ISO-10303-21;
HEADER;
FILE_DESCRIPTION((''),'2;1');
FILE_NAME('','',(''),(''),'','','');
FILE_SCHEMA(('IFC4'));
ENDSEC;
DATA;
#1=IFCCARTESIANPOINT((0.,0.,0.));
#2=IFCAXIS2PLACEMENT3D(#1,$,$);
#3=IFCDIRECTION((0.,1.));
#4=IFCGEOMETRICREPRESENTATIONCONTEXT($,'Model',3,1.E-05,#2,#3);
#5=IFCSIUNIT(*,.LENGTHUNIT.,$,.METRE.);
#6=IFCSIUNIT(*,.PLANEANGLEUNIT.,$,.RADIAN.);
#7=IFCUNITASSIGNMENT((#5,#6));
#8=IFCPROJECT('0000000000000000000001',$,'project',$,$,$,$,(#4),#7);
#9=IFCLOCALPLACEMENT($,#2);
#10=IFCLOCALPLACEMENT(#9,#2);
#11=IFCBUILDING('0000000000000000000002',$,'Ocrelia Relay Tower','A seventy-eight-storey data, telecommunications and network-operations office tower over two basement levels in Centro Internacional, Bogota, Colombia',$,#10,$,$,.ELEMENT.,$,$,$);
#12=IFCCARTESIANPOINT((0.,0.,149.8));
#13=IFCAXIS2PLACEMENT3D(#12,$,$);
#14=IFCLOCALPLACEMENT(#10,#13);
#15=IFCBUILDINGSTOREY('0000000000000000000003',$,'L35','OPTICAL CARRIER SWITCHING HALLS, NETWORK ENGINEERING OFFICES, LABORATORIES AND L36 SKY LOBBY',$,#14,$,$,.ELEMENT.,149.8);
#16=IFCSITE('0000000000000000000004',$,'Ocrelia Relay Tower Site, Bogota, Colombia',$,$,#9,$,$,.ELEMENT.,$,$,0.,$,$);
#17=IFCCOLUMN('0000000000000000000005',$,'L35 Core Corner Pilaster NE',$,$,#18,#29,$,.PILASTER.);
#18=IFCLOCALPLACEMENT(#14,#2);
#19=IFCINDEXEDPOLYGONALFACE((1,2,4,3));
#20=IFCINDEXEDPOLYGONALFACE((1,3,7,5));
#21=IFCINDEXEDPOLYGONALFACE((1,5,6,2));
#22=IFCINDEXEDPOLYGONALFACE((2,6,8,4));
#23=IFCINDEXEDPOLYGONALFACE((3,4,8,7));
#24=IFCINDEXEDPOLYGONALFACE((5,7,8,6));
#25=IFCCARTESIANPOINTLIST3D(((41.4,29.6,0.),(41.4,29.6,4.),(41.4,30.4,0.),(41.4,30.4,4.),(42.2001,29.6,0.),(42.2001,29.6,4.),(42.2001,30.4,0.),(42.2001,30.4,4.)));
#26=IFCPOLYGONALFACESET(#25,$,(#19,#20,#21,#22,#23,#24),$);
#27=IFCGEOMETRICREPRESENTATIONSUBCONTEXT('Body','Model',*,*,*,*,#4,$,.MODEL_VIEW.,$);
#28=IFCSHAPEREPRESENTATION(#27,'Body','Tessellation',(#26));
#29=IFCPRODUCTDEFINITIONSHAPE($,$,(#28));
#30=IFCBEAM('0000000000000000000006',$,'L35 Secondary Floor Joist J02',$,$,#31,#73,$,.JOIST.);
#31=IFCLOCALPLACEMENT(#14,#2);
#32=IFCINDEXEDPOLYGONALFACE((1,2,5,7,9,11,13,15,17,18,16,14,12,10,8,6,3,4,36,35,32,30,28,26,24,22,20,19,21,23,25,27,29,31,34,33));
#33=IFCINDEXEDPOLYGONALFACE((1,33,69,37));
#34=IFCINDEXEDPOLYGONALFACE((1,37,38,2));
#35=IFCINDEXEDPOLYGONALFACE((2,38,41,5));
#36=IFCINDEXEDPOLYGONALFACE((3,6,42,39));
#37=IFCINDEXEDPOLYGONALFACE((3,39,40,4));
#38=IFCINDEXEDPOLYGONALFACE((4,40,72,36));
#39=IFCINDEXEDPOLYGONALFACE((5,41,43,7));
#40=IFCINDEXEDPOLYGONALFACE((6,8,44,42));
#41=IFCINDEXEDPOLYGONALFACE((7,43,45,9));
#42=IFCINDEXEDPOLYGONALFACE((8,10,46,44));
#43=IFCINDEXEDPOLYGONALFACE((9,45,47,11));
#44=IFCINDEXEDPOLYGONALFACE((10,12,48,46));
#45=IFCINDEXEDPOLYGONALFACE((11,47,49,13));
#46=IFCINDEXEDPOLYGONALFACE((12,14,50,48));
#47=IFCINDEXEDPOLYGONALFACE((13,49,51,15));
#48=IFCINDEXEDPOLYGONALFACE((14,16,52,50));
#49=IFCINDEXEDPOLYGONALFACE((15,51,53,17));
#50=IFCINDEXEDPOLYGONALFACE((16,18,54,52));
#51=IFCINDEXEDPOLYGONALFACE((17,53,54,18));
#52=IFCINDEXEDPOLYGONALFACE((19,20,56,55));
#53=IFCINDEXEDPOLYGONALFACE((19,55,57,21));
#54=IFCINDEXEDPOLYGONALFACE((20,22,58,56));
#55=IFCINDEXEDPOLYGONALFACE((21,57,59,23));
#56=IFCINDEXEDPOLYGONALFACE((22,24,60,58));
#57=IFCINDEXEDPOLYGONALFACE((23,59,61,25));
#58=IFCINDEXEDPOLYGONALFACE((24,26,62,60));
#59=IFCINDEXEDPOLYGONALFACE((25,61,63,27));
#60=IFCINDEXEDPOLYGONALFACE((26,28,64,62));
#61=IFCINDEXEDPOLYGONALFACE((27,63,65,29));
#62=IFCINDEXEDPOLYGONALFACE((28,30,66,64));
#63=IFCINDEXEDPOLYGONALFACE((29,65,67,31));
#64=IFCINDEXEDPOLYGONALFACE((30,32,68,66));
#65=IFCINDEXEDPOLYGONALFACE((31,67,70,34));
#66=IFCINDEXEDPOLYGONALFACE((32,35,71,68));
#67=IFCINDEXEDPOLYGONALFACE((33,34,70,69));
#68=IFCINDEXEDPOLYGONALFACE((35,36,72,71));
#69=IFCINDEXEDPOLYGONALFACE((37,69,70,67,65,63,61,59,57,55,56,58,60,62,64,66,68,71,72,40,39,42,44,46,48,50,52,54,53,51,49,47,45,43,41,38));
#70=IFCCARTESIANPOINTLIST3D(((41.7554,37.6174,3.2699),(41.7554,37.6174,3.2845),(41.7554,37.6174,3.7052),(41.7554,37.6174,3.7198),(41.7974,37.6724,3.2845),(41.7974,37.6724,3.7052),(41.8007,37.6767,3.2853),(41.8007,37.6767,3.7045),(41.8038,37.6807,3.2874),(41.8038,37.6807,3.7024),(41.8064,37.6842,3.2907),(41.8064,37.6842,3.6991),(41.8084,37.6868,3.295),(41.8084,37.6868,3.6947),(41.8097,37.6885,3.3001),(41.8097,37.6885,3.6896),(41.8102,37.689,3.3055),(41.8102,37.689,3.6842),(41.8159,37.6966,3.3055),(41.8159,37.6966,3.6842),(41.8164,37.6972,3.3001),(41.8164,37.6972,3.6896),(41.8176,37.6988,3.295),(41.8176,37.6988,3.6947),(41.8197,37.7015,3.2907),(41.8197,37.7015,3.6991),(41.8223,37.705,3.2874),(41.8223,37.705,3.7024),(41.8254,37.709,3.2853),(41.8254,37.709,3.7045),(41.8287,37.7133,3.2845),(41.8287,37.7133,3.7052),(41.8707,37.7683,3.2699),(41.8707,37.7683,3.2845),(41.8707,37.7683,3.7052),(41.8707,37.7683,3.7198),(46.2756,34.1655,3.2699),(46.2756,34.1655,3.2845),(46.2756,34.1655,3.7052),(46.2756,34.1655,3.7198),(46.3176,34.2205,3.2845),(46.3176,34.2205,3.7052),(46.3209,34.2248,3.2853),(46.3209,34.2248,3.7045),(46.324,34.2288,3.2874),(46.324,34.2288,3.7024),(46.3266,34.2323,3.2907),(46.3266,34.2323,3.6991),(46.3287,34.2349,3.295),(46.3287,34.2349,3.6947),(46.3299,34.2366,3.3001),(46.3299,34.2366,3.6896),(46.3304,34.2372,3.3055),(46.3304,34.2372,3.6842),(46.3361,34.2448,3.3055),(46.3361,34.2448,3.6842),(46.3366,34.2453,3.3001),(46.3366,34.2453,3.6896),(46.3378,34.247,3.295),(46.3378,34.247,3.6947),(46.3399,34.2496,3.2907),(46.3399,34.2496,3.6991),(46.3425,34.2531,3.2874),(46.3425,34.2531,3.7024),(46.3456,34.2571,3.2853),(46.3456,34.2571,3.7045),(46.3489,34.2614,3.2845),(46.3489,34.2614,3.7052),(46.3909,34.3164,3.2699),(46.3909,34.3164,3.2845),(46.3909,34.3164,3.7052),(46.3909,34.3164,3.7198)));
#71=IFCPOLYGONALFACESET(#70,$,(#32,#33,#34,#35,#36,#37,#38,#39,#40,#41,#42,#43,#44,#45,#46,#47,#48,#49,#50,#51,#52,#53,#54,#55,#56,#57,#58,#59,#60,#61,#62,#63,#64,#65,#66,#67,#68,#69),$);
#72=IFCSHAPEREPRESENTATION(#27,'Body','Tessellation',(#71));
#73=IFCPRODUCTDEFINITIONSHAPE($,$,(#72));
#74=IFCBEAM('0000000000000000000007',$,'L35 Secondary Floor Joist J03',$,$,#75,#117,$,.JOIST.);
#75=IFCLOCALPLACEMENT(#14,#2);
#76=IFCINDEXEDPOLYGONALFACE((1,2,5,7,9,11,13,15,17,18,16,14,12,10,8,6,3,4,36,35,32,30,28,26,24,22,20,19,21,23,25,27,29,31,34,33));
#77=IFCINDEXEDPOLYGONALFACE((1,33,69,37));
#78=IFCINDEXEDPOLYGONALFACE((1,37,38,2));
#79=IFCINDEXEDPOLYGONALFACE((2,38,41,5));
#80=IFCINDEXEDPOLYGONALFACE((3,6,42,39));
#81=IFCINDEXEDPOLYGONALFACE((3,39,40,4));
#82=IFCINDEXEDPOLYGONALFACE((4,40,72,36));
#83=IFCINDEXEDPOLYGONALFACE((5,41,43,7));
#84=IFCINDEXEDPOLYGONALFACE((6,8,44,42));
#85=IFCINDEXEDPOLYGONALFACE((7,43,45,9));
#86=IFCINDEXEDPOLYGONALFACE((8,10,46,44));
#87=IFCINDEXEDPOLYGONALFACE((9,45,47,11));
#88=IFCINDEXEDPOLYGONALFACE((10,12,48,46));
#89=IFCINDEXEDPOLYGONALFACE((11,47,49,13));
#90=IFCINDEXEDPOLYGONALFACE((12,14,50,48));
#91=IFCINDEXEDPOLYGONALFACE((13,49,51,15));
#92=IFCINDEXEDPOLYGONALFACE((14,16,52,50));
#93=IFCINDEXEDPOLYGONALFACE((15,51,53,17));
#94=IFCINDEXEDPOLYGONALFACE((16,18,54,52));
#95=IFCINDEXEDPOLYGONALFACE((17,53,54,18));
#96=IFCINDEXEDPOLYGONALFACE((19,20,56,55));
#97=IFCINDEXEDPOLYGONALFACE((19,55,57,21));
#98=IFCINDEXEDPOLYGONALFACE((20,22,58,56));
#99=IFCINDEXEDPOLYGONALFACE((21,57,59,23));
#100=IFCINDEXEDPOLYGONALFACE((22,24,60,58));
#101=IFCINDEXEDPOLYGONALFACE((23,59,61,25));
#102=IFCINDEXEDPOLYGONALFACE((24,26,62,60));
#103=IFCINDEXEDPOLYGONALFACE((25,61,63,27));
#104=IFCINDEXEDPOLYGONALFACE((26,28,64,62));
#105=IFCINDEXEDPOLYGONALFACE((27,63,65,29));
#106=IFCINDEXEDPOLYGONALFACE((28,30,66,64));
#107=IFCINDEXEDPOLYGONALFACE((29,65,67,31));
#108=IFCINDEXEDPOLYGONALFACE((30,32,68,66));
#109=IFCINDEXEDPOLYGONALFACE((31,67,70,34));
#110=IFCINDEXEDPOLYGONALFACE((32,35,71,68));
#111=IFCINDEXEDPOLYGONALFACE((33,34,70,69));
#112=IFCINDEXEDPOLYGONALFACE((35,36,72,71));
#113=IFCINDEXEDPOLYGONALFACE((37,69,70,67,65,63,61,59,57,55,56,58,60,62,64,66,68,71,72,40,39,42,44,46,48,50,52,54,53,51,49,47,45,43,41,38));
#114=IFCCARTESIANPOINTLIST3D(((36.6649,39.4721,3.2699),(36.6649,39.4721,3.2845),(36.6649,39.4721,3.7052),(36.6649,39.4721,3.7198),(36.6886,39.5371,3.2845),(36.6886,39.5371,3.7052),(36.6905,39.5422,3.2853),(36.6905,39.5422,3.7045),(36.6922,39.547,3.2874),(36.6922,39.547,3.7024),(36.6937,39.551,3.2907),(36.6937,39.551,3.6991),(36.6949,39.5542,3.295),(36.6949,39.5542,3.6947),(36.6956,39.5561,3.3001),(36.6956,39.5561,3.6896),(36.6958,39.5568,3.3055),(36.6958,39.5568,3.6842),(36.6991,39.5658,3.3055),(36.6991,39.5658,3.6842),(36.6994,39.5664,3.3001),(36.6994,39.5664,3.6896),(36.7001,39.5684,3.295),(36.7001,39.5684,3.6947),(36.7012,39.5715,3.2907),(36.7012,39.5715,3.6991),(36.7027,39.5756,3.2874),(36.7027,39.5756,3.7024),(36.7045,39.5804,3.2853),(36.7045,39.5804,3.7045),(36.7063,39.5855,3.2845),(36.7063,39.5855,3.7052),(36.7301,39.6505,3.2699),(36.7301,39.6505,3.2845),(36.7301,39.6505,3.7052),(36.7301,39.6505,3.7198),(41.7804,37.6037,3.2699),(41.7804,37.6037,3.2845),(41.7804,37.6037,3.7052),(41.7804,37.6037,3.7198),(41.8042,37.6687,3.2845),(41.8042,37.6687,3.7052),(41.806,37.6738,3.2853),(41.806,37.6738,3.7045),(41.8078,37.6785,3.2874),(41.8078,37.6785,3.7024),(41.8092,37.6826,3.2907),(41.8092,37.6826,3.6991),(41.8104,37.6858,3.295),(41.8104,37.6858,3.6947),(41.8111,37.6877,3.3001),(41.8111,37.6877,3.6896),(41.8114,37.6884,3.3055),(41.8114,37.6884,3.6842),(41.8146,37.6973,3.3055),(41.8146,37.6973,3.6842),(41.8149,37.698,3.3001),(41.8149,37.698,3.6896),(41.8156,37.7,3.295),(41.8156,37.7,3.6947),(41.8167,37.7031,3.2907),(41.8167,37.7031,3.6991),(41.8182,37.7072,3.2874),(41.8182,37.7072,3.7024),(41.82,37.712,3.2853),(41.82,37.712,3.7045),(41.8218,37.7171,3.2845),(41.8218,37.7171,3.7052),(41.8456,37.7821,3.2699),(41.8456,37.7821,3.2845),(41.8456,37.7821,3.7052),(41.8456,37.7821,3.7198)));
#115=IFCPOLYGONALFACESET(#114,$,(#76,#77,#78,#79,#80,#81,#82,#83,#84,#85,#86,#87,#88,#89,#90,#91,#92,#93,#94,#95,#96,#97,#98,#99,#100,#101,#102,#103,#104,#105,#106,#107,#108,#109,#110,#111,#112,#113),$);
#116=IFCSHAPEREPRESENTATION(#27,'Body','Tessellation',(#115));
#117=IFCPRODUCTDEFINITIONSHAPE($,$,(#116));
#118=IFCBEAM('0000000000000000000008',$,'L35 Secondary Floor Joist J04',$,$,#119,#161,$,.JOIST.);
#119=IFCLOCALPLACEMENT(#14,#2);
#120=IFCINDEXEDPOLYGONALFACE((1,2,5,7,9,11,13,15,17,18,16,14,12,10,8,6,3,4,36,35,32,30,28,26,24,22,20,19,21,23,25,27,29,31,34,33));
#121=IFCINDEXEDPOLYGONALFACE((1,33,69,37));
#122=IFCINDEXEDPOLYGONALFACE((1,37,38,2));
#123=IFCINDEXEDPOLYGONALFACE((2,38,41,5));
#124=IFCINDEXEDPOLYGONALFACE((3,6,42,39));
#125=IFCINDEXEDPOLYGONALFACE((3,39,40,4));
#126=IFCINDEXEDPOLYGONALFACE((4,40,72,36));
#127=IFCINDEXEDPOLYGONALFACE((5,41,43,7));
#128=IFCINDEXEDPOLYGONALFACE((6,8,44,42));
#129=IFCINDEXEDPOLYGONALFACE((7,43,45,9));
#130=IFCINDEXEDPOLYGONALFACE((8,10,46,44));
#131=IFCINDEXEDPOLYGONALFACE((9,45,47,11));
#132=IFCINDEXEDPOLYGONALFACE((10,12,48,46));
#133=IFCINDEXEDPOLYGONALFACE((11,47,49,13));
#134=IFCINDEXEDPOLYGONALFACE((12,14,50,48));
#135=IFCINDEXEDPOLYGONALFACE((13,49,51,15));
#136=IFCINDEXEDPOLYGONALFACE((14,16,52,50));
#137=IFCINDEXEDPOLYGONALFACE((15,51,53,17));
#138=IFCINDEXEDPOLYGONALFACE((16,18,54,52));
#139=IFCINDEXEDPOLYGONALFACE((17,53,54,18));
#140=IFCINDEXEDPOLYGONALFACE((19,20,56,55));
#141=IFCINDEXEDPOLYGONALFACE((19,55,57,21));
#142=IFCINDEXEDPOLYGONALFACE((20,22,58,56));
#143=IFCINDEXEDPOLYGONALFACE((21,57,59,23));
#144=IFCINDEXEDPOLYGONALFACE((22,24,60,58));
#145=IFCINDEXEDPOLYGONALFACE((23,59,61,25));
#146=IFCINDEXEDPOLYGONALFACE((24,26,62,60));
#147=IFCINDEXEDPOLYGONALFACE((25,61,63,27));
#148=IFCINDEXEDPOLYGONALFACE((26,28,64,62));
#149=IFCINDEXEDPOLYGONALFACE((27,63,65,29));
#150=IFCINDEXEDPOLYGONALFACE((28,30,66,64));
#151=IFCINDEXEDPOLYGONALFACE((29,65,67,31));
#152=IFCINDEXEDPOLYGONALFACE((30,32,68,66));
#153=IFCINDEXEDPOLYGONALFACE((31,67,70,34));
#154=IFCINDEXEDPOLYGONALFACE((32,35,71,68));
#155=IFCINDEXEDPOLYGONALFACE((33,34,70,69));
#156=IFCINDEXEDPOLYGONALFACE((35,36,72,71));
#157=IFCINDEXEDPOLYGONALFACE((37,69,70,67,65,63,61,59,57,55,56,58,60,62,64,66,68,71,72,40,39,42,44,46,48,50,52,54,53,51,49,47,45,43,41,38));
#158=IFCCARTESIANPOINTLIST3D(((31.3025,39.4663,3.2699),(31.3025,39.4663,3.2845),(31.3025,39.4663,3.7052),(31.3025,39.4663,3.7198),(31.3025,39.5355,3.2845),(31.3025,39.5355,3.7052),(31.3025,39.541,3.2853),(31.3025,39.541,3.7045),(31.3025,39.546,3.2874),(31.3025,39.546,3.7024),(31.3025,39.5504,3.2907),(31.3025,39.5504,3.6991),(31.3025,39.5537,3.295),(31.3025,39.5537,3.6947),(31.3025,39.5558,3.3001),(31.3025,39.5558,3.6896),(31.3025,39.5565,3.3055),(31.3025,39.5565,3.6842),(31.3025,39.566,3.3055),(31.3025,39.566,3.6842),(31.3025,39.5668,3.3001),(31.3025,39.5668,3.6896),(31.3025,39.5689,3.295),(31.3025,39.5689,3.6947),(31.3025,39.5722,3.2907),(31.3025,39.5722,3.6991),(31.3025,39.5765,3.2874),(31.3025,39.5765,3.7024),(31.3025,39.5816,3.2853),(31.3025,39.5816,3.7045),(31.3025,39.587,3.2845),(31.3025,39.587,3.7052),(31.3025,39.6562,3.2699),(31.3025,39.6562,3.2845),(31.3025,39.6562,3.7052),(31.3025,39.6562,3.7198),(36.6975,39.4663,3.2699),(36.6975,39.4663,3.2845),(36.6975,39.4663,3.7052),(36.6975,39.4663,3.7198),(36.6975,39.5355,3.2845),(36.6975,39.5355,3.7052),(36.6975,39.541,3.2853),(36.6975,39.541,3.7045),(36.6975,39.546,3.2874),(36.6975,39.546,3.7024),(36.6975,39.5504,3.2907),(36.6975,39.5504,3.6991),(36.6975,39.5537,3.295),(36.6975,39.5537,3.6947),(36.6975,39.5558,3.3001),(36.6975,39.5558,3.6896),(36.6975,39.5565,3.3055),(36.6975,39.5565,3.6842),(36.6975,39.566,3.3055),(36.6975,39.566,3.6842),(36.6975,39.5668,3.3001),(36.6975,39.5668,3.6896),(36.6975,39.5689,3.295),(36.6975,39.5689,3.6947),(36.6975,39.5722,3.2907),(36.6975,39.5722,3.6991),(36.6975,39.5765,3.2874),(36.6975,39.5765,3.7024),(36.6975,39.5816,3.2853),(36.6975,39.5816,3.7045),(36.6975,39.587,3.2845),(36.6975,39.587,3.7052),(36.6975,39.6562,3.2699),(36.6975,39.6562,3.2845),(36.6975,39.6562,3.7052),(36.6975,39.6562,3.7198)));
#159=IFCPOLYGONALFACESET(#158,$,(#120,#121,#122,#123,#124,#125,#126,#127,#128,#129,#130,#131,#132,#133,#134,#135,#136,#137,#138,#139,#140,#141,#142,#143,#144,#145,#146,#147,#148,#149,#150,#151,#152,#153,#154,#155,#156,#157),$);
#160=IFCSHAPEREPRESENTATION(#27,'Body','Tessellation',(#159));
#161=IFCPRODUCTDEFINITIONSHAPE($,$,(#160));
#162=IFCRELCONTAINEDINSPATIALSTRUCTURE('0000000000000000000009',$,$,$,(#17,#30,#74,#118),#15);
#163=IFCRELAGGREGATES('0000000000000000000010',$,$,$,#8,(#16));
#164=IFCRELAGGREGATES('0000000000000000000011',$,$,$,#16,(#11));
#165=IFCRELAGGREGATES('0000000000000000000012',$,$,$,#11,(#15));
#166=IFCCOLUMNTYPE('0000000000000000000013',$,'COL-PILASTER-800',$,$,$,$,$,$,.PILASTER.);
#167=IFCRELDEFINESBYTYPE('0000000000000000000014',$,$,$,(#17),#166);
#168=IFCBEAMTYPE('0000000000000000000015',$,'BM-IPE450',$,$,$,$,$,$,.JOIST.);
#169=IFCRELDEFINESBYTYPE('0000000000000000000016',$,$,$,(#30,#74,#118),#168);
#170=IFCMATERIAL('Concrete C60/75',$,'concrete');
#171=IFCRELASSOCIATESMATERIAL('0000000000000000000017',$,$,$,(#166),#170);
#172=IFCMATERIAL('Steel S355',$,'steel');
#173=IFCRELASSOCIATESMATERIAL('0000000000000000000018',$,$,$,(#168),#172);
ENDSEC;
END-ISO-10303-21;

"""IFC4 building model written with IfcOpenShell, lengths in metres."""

from ifc_helpers import new_model, si_unit, direction, frame, origin, origin_2d, place, context, subcontext, project, spatial, rectangle, i_section, extrude, material, material_profile, profile_set, type_object, element, save


model = new_model("IFC4")

# Units and contexts
model_context = context("Model", 3, precision=1e-05, world=origin(), true_north=direction((0.0, 1.0)))
body_context = subcontext(model_context, "Body", "Model", "MODEL_VIEW")
ifc_project = project(units=[si_unit("LENGTHUNIT", "METRE"), si_unit("PLANEANGLEUNIT", "RADIAN")], contexts=[model_context])

# Site, building, storey
site_placement = place(None, origin())
site = spatial("IfcSite", under=ifc_project, at=site_placement, Name="Ocrelia Relay Tower Site, Bogota, Colombia", CompositionType="ELEMENT", RefElevation=0.0)
building_placement = place(site_placement, origin())
building = spatial("IfcBuilding", under=site, at=building_placement, Name="Ocrelia Relay Tower", Description="A seventy-eight-storey data, telecommunications and network-operations office tower over two basement levels in Centro Internacional, Bogota, Colombia", CompositionType="ELEMENT")
storey_placement = place(building_placement, frame((0.0, 0.0, 149.8)))
storey = spatial("IfcBuildingStorey", under=building, at=storey_placement, Name="L35", Description="OPTICAL CARRIER SWITCHING HALLS, NETWORK ENGINEERING OFFICES, LABORATORIES AND L36 SKY LOBBY", CompositionType="ELEMENT", Elevation=149.8)

# Column
ifc_material_1 = material(Name="Concrete C60/75", Category="concrete")
ifc_material_profile_1 = material_profile(ifc_material_1, rectangle(XDim=0.8, YDim=0.8, at=origin_2d()), Name="RC-COL-800x800")
ifc_profile_set_1 = profile_set([ifc_material_profile_1], Name="Concrete C60/75")
column_type = type_object("IfcColumnType", Name="COL-PILASTER-800", PredefinedType="PILASTER", material=ifc_profile_set_1)
column_placement = place(storey_placement, frame((41.8, 30.0, 0.0), z_axis=(0.0, 0.0, 1.0), x_axis=(1.0, 0.0, 0.0)))
element("IfcColumn", 1, at=column_placement, inside=storey, type_object=column_type, Name="L35 Core Corner Pilaster NE", PredefinedType="PILASTER", context=body_context, shape_type="SweptSolid", body=[
    extrude(rectangle(XDim=0.8, YDim=0.8, at=origin_2d()), origin(), (0.0, 0.0, 1.0), 4.0),
])

# Beams
ifc_material_2 = material(Name="Steel S355", Category="steel")
ifc_material_profile_2 = material_profile(ifc_material_2, i_section(OverallWidth=0.1899, OverallDepth=0.45, WebThickness=0.0095, FlangeThickness=0.0146, FilletRadius=0.021, at=origin_2d()), Name="IPE 450")
ifc_profile_set_2 = profile_set([ifc_material_profile_2], Name="Steel S355")
beam_type = type_object("IfcBeamType", Name="BM-IPE450", PredefinedType="JOIST", material=ifc_profile_set_2)
beam_1_placement = place(storey_placement, frame((46.3333, 34.241, 3.4949), z_axis=(-0.794762, 0.606921, 0.0), x_axis=(-0.606921, -0.794762, 0.0)))
element("IfcBeam", 2, at=beam_1_placement, inside=storey, type_object=beam_type, Name="L35 Secondary Floor Joist J02", PredefinedType="JOIST", context=body_context, shape_type="SweptSolid", body=[
    extrude(i_section(OverallWidth=0.1899, OverallDepth=0.45, WebThickness=0.0095, FlangeThickness=0.0146, FilletRadius=0.021, at=origin_2d()), origin(), (0.0, 0.0, 1.0), 5.6875),
])
beam_2_placement = place(storey_placement, frame((41.813, 37.6929, 3.4949), z_axis=(-0.939307, 0.343078, 0.0), x_axis=(-0.343078, -0.939307, 0.0)))
element("IfcBeam", 3, at=beam_2_placement, inside=storey, type_object=beam_type, Name="L35 Secondary Floor Joist J03", PredefinedType="JOIST", context=body_context, shape_type="SweptSolid", body=[
    extrude(i_section(OverallWidth=0.1899, OverallDepth=0.45, WebThickness=0.0095, FlangeThickness=0.0146, FilletRadius=0.021, at=origin_2d()), origin(), (0.0, 0.0, 1.0), 5.446),
])
beam_3_placement = place(storey_placement, frame((36.6975, 39.5613, 3.4949), z_axis=(-1.0, 0.0, 0.0), x_axis=(0.0, -1.0, 0.0)))
element("IfcBeam", 4, at=beam_3_placement, inside=storey, type_object=beam_type, Name="L35 Secondary Floor Joist J04", PredefinedType="JOIST", context=body_context, shape_type="SweptSolid", body=[
    extrude(i_section(OverallWidth=0.1899, OverallDepth=0.45, WebThickness=0.0095, FlangeThickness=0.0146, FilletRadius=0.021, at=origin_2d()), origin(), (0.0, 0.0, 1.0), 5.395),
])

save(model, "model.ifc")
